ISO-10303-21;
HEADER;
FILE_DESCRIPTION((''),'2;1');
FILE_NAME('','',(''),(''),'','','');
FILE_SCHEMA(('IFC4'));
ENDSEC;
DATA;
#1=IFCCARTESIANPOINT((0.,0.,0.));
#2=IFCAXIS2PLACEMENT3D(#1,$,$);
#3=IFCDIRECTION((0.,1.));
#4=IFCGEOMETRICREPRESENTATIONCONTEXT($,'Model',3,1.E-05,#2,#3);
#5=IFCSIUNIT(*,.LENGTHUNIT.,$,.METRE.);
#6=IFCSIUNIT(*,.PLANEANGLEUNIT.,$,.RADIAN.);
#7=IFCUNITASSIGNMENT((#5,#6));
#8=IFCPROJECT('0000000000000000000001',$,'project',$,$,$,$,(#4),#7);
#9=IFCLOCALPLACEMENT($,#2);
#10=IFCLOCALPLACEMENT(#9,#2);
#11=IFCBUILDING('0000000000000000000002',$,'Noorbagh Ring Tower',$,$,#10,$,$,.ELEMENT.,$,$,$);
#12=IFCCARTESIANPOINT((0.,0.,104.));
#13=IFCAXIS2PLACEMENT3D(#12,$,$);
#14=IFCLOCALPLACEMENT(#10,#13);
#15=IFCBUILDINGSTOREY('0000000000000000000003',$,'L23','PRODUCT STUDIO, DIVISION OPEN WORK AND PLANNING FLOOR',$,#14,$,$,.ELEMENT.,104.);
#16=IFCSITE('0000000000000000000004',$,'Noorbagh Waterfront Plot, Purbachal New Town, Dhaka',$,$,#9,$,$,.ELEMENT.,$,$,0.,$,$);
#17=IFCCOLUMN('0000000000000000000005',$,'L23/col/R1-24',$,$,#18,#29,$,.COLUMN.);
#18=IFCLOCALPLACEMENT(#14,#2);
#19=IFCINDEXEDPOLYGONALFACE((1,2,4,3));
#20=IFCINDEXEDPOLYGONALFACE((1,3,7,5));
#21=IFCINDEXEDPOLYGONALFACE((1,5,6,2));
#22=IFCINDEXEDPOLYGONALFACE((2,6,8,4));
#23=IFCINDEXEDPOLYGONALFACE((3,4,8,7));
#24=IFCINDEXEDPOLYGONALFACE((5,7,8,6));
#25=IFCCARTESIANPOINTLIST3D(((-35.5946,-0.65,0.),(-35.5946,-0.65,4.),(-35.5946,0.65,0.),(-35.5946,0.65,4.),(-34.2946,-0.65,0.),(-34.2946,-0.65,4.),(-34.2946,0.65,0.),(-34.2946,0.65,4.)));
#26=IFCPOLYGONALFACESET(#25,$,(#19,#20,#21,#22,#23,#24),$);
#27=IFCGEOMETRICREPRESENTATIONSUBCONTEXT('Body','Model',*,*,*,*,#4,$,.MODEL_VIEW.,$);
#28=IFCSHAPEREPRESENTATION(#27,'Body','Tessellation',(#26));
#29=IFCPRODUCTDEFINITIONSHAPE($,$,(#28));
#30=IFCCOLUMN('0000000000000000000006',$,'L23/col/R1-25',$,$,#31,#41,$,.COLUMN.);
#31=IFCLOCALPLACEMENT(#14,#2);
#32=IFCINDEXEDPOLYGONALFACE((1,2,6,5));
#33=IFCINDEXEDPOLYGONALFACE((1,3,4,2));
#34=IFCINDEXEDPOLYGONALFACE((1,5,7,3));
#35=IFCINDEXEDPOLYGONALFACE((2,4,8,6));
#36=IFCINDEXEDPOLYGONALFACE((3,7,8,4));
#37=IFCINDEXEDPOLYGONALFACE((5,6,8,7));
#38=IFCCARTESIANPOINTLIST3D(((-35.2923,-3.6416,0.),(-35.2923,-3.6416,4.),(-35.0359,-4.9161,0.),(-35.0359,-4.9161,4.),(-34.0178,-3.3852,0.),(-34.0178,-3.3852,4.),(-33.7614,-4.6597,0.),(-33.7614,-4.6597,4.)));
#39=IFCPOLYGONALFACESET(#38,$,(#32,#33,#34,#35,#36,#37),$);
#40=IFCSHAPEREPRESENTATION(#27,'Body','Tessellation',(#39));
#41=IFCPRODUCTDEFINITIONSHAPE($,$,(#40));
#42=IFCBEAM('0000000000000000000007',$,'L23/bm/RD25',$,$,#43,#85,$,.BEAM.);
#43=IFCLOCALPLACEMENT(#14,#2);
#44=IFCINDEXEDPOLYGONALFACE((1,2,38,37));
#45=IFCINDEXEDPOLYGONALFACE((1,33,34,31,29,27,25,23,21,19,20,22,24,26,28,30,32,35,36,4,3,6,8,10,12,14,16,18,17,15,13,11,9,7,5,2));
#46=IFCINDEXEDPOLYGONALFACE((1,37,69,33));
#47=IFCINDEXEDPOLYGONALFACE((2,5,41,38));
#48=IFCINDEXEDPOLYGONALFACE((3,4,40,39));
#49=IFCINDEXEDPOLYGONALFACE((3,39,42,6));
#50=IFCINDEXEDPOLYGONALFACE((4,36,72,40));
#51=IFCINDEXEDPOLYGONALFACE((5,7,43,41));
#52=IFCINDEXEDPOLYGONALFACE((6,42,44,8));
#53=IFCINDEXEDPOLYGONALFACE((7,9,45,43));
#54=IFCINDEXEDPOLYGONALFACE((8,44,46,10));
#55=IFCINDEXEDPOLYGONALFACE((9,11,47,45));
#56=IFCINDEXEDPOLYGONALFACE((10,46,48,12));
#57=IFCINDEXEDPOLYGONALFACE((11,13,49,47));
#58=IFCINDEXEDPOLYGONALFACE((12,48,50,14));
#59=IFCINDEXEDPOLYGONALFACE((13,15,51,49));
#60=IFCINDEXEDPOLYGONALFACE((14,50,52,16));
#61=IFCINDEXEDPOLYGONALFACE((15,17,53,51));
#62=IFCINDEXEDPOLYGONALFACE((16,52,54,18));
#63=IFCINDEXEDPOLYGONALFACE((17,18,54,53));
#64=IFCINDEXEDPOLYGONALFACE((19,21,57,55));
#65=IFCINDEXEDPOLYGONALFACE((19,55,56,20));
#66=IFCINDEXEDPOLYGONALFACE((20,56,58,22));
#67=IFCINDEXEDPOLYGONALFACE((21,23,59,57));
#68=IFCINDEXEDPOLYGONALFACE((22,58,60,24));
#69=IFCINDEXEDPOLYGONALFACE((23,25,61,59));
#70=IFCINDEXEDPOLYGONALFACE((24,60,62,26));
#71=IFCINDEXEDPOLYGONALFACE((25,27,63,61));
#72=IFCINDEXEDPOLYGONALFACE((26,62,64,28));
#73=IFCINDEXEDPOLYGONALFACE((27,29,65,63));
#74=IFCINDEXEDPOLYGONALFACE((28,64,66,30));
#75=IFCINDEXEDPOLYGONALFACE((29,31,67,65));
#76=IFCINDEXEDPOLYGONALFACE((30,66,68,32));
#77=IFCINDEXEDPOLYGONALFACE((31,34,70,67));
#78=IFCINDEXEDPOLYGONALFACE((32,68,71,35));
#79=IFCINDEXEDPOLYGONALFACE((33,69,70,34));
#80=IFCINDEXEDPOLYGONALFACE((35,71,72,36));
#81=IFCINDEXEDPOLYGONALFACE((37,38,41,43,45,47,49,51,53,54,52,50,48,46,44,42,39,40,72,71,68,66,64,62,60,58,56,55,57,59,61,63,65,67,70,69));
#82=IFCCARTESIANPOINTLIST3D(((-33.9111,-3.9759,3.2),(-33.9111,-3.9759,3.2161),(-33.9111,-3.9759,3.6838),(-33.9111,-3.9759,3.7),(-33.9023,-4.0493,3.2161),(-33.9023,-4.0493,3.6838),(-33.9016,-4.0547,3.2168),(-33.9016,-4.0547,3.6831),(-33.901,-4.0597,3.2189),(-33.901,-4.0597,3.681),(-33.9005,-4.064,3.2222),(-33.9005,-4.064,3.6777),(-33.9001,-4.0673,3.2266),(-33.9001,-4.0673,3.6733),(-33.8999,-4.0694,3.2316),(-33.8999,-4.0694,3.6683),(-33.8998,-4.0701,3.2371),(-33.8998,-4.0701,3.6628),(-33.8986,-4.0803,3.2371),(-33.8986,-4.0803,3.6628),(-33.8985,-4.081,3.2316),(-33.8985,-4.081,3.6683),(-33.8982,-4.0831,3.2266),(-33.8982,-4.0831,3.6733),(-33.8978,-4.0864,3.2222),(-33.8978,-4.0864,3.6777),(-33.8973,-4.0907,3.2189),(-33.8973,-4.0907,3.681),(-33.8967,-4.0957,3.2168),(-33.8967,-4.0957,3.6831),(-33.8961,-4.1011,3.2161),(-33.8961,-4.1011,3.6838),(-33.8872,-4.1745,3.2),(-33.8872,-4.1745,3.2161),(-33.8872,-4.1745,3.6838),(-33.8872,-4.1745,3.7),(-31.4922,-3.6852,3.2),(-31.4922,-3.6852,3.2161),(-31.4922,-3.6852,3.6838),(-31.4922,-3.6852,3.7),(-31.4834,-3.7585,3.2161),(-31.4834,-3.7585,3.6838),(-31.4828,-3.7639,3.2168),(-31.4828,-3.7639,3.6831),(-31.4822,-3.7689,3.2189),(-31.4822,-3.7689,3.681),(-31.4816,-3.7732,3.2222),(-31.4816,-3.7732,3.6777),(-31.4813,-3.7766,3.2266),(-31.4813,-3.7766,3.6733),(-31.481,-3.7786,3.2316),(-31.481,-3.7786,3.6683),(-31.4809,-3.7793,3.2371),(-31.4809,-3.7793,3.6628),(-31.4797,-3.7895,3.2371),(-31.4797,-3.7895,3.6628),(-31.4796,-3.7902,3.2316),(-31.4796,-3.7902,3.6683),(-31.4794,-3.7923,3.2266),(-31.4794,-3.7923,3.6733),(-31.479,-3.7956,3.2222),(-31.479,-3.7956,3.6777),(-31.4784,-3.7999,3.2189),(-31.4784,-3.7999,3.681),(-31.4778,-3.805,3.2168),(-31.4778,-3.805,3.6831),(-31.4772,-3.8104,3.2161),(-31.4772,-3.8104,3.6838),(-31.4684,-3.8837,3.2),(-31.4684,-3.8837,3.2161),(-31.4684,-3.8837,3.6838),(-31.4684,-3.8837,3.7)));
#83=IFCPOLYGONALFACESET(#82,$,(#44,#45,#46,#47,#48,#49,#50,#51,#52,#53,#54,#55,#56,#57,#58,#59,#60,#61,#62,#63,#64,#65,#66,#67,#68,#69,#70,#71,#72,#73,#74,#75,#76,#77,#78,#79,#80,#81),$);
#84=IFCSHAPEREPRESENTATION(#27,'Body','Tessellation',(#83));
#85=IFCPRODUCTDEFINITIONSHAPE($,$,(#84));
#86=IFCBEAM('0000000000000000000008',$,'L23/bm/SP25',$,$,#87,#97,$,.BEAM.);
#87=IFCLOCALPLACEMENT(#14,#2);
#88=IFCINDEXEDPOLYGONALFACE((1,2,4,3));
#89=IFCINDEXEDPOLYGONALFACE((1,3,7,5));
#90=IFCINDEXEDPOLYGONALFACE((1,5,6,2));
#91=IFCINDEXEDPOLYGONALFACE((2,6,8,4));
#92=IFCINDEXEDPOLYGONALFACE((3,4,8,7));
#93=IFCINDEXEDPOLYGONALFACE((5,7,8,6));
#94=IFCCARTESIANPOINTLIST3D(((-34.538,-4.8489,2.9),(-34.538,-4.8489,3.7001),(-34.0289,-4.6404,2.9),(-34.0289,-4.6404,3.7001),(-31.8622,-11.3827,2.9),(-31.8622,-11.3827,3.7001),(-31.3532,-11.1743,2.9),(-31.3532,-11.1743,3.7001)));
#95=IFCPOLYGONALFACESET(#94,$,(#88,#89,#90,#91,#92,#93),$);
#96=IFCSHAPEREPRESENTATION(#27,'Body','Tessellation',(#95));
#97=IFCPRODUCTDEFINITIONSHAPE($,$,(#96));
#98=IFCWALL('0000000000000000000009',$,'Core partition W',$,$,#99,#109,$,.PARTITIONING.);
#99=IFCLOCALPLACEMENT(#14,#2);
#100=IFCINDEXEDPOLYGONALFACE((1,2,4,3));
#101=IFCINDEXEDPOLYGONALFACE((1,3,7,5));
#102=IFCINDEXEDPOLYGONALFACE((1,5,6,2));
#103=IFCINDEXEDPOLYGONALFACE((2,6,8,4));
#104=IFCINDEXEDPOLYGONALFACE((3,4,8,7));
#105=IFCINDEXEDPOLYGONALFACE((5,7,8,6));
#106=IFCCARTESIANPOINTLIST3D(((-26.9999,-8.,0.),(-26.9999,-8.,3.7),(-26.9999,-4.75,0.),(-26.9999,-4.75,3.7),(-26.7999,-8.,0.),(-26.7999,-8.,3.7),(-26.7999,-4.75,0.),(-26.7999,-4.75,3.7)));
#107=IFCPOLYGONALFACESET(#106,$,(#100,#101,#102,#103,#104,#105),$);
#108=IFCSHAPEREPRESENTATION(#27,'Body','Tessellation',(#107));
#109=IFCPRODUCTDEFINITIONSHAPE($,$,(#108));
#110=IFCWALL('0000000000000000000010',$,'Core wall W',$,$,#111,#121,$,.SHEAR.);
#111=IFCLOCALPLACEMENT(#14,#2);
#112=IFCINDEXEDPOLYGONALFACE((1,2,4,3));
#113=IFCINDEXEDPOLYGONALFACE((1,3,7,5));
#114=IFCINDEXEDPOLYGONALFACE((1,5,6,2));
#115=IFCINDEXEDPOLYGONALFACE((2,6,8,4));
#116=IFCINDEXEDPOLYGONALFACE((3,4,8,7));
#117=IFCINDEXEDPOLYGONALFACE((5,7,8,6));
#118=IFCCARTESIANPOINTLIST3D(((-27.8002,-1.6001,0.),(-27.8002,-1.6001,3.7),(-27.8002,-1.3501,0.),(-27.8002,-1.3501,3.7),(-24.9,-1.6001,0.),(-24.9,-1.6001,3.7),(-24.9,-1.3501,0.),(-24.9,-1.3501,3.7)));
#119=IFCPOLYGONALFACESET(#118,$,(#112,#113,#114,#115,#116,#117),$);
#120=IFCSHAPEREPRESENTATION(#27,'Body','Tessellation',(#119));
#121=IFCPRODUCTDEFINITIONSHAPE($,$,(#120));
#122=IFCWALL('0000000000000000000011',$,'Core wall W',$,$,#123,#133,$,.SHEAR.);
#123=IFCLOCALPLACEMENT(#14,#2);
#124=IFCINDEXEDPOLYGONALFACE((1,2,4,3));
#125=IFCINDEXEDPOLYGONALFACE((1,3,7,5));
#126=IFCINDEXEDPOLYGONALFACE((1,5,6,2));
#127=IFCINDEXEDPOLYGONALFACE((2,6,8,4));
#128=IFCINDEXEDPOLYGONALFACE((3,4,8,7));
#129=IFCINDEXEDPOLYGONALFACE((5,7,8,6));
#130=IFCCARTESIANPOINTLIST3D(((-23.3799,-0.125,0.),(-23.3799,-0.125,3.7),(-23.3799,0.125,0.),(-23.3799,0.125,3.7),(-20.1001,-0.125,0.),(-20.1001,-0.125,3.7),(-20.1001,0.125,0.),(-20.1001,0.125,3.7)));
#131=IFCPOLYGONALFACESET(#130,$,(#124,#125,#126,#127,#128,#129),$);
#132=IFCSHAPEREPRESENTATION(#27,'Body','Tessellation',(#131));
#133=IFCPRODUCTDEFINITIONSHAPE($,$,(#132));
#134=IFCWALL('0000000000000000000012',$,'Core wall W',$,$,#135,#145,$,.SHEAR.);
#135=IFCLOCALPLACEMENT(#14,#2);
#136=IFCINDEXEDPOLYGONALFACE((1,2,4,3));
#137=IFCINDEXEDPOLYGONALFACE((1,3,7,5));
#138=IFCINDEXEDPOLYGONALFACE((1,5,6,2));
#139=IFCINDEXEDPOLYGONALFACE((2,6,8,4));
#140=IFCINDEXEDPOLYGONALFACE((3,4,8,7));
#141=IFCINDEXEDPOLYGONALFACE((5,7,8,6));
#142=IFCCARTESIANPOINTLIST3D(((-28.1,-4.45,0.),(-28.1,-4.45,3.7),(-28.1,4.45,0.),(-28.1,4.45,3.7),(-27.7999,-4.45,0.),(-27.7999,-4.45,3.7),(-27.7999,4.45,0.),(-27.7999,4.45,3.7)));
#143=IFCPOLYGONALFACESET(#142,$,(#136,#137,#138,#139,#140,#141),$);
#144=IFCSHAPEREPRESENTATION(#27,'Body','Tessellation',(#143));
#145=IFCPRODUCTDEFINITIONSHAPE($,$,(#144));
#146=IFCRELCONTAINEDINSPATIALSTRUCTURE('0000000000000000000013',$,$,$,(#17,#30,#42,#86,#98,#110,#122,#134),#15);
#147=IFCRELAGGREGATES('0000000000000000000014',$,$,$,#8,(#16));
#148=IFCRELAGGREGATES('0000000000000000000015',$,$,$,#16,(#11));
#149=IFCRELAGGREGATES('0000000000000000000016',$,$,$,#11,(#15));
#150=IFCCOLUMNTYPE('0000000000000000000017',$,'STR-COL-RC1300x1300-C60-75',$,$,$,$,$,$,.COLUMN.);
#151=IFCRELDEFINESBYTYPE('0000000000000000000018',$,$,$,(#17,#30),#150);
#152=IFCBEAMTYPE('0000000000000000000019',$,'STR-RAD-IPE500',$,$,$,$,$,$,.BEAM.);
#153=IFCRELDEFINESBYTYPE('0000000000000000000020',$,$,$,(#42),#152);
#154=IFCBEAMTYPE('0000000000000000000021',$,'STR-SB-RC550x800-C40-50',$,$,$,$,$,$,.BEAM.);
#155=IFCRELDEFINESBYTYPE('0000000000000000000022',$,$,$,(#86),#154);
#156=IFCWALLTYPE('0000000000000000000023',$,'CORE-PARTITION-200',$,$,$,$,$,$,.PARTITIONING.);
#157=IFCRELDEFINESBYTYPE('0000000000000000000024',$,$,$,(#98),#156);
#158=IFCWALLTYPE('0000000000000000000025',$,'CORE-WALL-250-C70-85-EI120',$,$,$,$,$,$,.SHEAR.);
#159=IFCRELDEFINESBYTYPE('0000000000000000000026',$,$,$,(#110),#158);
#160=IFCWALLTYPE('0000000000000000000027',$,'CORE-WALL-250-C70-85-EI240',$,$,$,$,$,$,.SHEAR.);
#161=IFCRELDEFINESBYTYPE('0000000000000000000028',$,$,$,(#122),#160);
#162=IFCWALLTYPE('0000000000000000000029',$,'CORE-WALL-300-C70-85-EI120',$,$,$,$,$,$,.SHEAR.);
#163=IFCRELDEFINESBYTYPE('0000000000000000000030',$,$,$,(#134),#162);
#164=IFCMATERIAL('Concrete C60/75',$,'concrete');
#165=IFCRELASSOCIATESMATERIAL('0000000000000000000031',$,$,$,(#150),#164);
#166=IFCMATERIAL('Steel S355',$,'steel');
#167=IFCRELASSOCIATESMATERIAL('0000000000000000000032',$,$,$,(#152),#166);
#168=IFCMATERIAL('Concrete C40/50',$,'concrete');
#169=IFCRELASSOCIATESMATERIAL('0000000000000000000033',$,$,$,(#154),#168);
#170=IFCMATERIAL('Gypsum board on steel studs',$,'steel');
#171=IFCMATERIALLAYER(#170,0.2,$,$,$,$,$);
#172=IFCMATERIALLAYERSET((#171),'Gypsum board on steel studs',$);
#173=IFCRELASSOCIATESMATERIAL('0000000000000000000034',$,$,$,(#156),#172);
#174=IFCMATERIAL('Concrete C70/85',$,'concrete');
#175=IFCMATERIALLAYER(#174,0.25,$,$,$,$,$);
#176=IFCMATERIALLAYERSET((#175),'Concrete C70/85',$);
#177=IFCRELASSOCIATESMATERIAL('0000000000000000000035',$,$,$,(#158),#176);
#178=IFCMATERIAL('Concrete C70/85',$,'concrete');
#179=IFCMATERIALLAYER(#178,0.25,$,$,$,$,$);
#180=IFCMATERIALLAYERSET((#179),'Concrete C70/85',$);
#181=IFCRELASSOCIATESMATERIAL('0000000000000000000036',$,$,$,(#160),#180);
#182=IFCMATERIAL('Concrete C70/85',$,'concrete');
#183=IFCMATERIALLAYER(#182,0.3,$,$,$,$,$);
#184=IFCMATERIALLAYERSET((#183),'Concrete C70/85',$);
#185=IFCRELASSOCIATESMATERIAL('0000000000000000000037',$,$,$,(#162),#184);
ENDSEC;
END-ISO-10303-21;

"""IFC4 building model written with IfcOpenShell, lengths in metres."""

from ifc_helpers import new_model, si_unit, direction, frame, frame_2d, origin, origin_2d, place, context, subcontext, project, spatial, rectangle, i_section, extrude, material, layer, layer_set, material_profile, profile_set, type_object, element, save


model = new_model("IFC4")

# Units and contexts
model_context = context("Model", 3, precision=1e-05, world=origin(), true_north=direction((0.0, 1.0)))
body_context = subcontext(model_context, "Body", "Model", "MODEL_VIEW")
ifc_project = project(units=[si_unit("LENGTHUNIT", "METRE"), si_unit("PLANEANGLEUNIT", "RADIAN")], contexts=[model_context])

# Site, building, storey
site_placement = place(None, origin())
site = spatial("IfcSite", under=ifc_project, at=site_placement, Name="Noorbagh Waterfront Plot, Purbachal New Town, Dhaka", CompositionType="ELEMENT", RefElevation=0.0)
building_placement = place(site_placement, origin())
building = spatial("IfcBuilding", under=site, at=building_placement, Name="Noorbagh Ring Tower", CompositionType="ELEMENT")
storey_placement = place(building_placement, frame((0.0, 0.0, 104.0)))
storey = spatial("IfcBuildingStorey", under=building, at=storey_placement, Name="L23", Description="PRODUCT STUDIO, DIVISION OPEN WORK AND PLANNING FLOOR", CompositionType="ELEMENT", Elevation=104.0)

# Columns
ifc_material_1 = material(Name="Concrete C60/75", Category="concrete")
ifc_material_profile_1 = material_profile(ifc_material_1, rectangle(XDim=1.3, YDim=1.3, at=origin_2d()), Name="RC1300x1300")
ifc_profile_set_1 = profile_set([ifc_material_profile_1], Name="Concrete C60/75")
column_type = type_object("IfcColumnType", Name="STR-COL-RC1300x1300-C60-75", PredefinedType="COLUMN", material=ifc_profile_set_1)
for number, where, z_axis, x_axis, name in (
    (1, (-34.9446, 0.0, 0.0), (0.0, 0.0, 1.0), (0.0, -1.0, 0.0), "L23/col/R1-24"),
    (2, (-34.5269, -4.1506, 0.0), (0.0, 0.0, 1.0), (0.19723, -0.980357, 0.0), "L23/col/R1-25"),
):
    element("IfcColumn", number, at=place(storey_placement, frame(where, z_axis=z_axis, x_axis=x_axis)), inside=storey, type_object=column_type, Name=name, PredefinedType="COLUMN", context=body_context, shape_type="SweptSolid", body=[
        extrude(rectangle(XDim=1.3, YDim=1.3, at=origin_2d()), origin(), (0.0, 0.0, 1.0), 4.0),
    ])

# Beams
ifc_material_2 = material(Name="Steel S355", Category="steel")
ifc_material_profile_2 = material_profile(ifc_material_2, i_section(OverallWidth=0.2, OverallDepth=0.5, WebThickness=0.0103, FlangeThickness=0.0161, FilletRadius=0.021, at=origin_2d()), Name="IPE500")
ifc_profile_set_2 = profile_set([ifc_material_profile_2], Name="Steel S355")
beam_type_1 = type_object("IfcBeamType", Name="STR-RAD-IPE500", PredefinedType="BEAM", material=ifc_profile_set_2)
beam_1_placement = place(storey_placement, frame((-33.8992, -4.0752, 3.45), z_axis=(0.992853, 0.119347, 0.0), x_axis=(-0.119347, 0.992853, 0.0)))
element("IfcBeam", 3, at=beam_1_placement, inside=storey, type_object=beam_type_1, Name="L23/bm/RD25", PredefinedType="BEAM", context=body_context, shape_type="SweptSolid", body=[
    extrude(i_section(OverallWidth=0.2, OverallDepth=0.5, WebThickness=0.0103, FlangeThickness=0.0161, FilletRadius=0.021, at=origin_2d()), origin(), (0.0, 0.0, 1.0), 2.4363),
])
ifc_material_3 = material(Name="Concrete C40/50", Category="concrete")
ifc_material_profile_3 = material_profile(ifc_material_3, rectangle(XDim=0.55, YDim=0.8, at=origin_2d()), Name="RC550x800")
ifc_profile_set_3 = profile_set([ifc_material_profile_3], Name="Concrete C40/50")
beam_type_2 = type_object("IfcBeamType", Name="STR-SB-RC550x800-C40-50", PredefinedType="BEAM", material=ifc_profile_set_3)
beam_2_placement = place(storey_placement, frame((-34.2834, -4.7446, 3.3), z_axis=(0.378973, -0.925408, 0.0), x_axis=(0.925408, 0.378973, 0.0)))
element("IfcBeam", 4, at=beam_2_placement, inside=storey, type_object=beam_type_2, Name="L23/bm/SP25", PredefinedType="BEAM", context=body_context, shape_type="SweptSolid", body=[
    extrude(rectangle(XDim=0.55, YDim=0.8, at=origin_2d()), origin(), (0.0, 0.0, 1.0), 7.0605),
])

# Walls
ifc_material_4 = material(Name="Gypsum board on steel studs", Category="steel")
ifc_layer_1 = layer(ifc_material_4, 0.2)
ifc_layer_set_1 = layer_set([ifc_layer_1], Name="Gypsum board on steel studs")
wall_type_1 = type_object("IfcWallType", Name="CORE-PARTITION-200", PredefinedType="PARTITIONING", material=ifc_layer_set_1)
wall_1_placement = place(storey_placement, frame((-26.8999, -8.0, 0.0), z_axis=(0.0, 0.0, 1.0), x_axis=(0.0, 1.0, 0.0)))
element("IfcWall", 5, at=wall_1_placement, inside=storey, type_object=wall_type_1, Name="Core partition W", PredefinedType="PARTITIONING", context=body_context, shape_type="SweptSolid", body=[
    extrude(rectangle(XDim=3.25, YDim=0.2, at=frame_2d((1.625, 0.0))), origin(), (0.0, 0.0, 1.0), 3.7),
])
ifc_material_5 = material(Name="Concrete C70/85", Category="concrete")
ifc_layer_2 = layer(ifc_material_5, 0.25)
ifc_layer_set_2 = layer_set([ifc_layer_2], Name="Concrete C70/85")
wall_type_2 = type_object("IfcWallType", Name="CORE-WALL-250-C70-85-EI120", PredefinedType="SHEAR", material=ifc_layer_set_2)
wall_2_placement = place(storey_placement, frame((-24.8999, -1.4751, 0.0), z_axis=(0.0, 0.0, 1.0), x_axis=(-1.0, 0.0, 0.0)))
element("IfcWall", 6, at=wall_2_placement, inside=storey, type_object=wall_type_2, Name="Core wall W", PredefinedType="SHEAR", context=body_context, shape_type="SweptSolid", body=[
    extrude(rectangle(XDim=2.9001, YDim=0.25, at=frame_2d((1.4502, 0.0))), origin(), (0.0, 0.0, 1.0), 3.7),
])
ifc_material_6 = material(Name="Concrete C70/85", Category="concrete")
ifc_layer_3 = layer(ifc_material_6, 0.25)
ifc_layer_set_3 = layer_set([ifc_layer_3], Name="Concrete C70/85")
wall_type_3 = type_object("IfcWallType", Name="CORE-WALL-250-C70-85-EI240", PredefinedType="SHEAR", material=ifc_layer_set_3)
wall_3_placement = place(storey_placement, frame((-20.1001, 0.0, 0.0), z_axis=(0.0, 0.0, 1.0), x_axis=(-1.0, 0.0, 0.0)))
element("IfcWall", 7, at=wall_3_placement, inside=storey, type_object=wall_type_3, Name="Core wall W", PredefinedType="SHEAR", context=body_context, shape_type="SweptSolid", body=[
    extrude(rectangle(XDim=3.2798, YDim=0.25, at=frame_2d((1.6399, 0.0))), origin(), (0.0, 0.0, 1.0), 3.7),
])
ifc_material_7 = material(Name="Concrete C70/85", Category="concrete")
ifc_layer_4 = layer(ifc_material_7, 0.3)
ifc_layer_set_4 = layer_set([ifc_layer_4], Name="Concrete C70/85")
wall_type_4 = type_object("IfcWallType", Name="CORE-WALL-300-C70-85-EI120", PredefinedType="SHEAR", material=ifc_layer_set_4)
wall_4_placement = place(storey_placement, frame((-27.95, -4.45, 0.0), z_axis=(0.0, 0.0, 1.0), x_axis=(0.0, 1.0, 0.0)))
element("IfcWall", 8, at=wall_4_placement, inside=storey, type_object=wall_type_4, Name="Core wall W", PredefinedType="SHEAR", context=body_context, shape_type="SweptSolid", body=[
    extrude(rectangle(XDim=8.8999, YDim=0.3, at=frame_2d((4.45, 0.0))), origin(), (0.0, 0.0, 1.0), 3.7),
])

save(model, "model.ifc")
